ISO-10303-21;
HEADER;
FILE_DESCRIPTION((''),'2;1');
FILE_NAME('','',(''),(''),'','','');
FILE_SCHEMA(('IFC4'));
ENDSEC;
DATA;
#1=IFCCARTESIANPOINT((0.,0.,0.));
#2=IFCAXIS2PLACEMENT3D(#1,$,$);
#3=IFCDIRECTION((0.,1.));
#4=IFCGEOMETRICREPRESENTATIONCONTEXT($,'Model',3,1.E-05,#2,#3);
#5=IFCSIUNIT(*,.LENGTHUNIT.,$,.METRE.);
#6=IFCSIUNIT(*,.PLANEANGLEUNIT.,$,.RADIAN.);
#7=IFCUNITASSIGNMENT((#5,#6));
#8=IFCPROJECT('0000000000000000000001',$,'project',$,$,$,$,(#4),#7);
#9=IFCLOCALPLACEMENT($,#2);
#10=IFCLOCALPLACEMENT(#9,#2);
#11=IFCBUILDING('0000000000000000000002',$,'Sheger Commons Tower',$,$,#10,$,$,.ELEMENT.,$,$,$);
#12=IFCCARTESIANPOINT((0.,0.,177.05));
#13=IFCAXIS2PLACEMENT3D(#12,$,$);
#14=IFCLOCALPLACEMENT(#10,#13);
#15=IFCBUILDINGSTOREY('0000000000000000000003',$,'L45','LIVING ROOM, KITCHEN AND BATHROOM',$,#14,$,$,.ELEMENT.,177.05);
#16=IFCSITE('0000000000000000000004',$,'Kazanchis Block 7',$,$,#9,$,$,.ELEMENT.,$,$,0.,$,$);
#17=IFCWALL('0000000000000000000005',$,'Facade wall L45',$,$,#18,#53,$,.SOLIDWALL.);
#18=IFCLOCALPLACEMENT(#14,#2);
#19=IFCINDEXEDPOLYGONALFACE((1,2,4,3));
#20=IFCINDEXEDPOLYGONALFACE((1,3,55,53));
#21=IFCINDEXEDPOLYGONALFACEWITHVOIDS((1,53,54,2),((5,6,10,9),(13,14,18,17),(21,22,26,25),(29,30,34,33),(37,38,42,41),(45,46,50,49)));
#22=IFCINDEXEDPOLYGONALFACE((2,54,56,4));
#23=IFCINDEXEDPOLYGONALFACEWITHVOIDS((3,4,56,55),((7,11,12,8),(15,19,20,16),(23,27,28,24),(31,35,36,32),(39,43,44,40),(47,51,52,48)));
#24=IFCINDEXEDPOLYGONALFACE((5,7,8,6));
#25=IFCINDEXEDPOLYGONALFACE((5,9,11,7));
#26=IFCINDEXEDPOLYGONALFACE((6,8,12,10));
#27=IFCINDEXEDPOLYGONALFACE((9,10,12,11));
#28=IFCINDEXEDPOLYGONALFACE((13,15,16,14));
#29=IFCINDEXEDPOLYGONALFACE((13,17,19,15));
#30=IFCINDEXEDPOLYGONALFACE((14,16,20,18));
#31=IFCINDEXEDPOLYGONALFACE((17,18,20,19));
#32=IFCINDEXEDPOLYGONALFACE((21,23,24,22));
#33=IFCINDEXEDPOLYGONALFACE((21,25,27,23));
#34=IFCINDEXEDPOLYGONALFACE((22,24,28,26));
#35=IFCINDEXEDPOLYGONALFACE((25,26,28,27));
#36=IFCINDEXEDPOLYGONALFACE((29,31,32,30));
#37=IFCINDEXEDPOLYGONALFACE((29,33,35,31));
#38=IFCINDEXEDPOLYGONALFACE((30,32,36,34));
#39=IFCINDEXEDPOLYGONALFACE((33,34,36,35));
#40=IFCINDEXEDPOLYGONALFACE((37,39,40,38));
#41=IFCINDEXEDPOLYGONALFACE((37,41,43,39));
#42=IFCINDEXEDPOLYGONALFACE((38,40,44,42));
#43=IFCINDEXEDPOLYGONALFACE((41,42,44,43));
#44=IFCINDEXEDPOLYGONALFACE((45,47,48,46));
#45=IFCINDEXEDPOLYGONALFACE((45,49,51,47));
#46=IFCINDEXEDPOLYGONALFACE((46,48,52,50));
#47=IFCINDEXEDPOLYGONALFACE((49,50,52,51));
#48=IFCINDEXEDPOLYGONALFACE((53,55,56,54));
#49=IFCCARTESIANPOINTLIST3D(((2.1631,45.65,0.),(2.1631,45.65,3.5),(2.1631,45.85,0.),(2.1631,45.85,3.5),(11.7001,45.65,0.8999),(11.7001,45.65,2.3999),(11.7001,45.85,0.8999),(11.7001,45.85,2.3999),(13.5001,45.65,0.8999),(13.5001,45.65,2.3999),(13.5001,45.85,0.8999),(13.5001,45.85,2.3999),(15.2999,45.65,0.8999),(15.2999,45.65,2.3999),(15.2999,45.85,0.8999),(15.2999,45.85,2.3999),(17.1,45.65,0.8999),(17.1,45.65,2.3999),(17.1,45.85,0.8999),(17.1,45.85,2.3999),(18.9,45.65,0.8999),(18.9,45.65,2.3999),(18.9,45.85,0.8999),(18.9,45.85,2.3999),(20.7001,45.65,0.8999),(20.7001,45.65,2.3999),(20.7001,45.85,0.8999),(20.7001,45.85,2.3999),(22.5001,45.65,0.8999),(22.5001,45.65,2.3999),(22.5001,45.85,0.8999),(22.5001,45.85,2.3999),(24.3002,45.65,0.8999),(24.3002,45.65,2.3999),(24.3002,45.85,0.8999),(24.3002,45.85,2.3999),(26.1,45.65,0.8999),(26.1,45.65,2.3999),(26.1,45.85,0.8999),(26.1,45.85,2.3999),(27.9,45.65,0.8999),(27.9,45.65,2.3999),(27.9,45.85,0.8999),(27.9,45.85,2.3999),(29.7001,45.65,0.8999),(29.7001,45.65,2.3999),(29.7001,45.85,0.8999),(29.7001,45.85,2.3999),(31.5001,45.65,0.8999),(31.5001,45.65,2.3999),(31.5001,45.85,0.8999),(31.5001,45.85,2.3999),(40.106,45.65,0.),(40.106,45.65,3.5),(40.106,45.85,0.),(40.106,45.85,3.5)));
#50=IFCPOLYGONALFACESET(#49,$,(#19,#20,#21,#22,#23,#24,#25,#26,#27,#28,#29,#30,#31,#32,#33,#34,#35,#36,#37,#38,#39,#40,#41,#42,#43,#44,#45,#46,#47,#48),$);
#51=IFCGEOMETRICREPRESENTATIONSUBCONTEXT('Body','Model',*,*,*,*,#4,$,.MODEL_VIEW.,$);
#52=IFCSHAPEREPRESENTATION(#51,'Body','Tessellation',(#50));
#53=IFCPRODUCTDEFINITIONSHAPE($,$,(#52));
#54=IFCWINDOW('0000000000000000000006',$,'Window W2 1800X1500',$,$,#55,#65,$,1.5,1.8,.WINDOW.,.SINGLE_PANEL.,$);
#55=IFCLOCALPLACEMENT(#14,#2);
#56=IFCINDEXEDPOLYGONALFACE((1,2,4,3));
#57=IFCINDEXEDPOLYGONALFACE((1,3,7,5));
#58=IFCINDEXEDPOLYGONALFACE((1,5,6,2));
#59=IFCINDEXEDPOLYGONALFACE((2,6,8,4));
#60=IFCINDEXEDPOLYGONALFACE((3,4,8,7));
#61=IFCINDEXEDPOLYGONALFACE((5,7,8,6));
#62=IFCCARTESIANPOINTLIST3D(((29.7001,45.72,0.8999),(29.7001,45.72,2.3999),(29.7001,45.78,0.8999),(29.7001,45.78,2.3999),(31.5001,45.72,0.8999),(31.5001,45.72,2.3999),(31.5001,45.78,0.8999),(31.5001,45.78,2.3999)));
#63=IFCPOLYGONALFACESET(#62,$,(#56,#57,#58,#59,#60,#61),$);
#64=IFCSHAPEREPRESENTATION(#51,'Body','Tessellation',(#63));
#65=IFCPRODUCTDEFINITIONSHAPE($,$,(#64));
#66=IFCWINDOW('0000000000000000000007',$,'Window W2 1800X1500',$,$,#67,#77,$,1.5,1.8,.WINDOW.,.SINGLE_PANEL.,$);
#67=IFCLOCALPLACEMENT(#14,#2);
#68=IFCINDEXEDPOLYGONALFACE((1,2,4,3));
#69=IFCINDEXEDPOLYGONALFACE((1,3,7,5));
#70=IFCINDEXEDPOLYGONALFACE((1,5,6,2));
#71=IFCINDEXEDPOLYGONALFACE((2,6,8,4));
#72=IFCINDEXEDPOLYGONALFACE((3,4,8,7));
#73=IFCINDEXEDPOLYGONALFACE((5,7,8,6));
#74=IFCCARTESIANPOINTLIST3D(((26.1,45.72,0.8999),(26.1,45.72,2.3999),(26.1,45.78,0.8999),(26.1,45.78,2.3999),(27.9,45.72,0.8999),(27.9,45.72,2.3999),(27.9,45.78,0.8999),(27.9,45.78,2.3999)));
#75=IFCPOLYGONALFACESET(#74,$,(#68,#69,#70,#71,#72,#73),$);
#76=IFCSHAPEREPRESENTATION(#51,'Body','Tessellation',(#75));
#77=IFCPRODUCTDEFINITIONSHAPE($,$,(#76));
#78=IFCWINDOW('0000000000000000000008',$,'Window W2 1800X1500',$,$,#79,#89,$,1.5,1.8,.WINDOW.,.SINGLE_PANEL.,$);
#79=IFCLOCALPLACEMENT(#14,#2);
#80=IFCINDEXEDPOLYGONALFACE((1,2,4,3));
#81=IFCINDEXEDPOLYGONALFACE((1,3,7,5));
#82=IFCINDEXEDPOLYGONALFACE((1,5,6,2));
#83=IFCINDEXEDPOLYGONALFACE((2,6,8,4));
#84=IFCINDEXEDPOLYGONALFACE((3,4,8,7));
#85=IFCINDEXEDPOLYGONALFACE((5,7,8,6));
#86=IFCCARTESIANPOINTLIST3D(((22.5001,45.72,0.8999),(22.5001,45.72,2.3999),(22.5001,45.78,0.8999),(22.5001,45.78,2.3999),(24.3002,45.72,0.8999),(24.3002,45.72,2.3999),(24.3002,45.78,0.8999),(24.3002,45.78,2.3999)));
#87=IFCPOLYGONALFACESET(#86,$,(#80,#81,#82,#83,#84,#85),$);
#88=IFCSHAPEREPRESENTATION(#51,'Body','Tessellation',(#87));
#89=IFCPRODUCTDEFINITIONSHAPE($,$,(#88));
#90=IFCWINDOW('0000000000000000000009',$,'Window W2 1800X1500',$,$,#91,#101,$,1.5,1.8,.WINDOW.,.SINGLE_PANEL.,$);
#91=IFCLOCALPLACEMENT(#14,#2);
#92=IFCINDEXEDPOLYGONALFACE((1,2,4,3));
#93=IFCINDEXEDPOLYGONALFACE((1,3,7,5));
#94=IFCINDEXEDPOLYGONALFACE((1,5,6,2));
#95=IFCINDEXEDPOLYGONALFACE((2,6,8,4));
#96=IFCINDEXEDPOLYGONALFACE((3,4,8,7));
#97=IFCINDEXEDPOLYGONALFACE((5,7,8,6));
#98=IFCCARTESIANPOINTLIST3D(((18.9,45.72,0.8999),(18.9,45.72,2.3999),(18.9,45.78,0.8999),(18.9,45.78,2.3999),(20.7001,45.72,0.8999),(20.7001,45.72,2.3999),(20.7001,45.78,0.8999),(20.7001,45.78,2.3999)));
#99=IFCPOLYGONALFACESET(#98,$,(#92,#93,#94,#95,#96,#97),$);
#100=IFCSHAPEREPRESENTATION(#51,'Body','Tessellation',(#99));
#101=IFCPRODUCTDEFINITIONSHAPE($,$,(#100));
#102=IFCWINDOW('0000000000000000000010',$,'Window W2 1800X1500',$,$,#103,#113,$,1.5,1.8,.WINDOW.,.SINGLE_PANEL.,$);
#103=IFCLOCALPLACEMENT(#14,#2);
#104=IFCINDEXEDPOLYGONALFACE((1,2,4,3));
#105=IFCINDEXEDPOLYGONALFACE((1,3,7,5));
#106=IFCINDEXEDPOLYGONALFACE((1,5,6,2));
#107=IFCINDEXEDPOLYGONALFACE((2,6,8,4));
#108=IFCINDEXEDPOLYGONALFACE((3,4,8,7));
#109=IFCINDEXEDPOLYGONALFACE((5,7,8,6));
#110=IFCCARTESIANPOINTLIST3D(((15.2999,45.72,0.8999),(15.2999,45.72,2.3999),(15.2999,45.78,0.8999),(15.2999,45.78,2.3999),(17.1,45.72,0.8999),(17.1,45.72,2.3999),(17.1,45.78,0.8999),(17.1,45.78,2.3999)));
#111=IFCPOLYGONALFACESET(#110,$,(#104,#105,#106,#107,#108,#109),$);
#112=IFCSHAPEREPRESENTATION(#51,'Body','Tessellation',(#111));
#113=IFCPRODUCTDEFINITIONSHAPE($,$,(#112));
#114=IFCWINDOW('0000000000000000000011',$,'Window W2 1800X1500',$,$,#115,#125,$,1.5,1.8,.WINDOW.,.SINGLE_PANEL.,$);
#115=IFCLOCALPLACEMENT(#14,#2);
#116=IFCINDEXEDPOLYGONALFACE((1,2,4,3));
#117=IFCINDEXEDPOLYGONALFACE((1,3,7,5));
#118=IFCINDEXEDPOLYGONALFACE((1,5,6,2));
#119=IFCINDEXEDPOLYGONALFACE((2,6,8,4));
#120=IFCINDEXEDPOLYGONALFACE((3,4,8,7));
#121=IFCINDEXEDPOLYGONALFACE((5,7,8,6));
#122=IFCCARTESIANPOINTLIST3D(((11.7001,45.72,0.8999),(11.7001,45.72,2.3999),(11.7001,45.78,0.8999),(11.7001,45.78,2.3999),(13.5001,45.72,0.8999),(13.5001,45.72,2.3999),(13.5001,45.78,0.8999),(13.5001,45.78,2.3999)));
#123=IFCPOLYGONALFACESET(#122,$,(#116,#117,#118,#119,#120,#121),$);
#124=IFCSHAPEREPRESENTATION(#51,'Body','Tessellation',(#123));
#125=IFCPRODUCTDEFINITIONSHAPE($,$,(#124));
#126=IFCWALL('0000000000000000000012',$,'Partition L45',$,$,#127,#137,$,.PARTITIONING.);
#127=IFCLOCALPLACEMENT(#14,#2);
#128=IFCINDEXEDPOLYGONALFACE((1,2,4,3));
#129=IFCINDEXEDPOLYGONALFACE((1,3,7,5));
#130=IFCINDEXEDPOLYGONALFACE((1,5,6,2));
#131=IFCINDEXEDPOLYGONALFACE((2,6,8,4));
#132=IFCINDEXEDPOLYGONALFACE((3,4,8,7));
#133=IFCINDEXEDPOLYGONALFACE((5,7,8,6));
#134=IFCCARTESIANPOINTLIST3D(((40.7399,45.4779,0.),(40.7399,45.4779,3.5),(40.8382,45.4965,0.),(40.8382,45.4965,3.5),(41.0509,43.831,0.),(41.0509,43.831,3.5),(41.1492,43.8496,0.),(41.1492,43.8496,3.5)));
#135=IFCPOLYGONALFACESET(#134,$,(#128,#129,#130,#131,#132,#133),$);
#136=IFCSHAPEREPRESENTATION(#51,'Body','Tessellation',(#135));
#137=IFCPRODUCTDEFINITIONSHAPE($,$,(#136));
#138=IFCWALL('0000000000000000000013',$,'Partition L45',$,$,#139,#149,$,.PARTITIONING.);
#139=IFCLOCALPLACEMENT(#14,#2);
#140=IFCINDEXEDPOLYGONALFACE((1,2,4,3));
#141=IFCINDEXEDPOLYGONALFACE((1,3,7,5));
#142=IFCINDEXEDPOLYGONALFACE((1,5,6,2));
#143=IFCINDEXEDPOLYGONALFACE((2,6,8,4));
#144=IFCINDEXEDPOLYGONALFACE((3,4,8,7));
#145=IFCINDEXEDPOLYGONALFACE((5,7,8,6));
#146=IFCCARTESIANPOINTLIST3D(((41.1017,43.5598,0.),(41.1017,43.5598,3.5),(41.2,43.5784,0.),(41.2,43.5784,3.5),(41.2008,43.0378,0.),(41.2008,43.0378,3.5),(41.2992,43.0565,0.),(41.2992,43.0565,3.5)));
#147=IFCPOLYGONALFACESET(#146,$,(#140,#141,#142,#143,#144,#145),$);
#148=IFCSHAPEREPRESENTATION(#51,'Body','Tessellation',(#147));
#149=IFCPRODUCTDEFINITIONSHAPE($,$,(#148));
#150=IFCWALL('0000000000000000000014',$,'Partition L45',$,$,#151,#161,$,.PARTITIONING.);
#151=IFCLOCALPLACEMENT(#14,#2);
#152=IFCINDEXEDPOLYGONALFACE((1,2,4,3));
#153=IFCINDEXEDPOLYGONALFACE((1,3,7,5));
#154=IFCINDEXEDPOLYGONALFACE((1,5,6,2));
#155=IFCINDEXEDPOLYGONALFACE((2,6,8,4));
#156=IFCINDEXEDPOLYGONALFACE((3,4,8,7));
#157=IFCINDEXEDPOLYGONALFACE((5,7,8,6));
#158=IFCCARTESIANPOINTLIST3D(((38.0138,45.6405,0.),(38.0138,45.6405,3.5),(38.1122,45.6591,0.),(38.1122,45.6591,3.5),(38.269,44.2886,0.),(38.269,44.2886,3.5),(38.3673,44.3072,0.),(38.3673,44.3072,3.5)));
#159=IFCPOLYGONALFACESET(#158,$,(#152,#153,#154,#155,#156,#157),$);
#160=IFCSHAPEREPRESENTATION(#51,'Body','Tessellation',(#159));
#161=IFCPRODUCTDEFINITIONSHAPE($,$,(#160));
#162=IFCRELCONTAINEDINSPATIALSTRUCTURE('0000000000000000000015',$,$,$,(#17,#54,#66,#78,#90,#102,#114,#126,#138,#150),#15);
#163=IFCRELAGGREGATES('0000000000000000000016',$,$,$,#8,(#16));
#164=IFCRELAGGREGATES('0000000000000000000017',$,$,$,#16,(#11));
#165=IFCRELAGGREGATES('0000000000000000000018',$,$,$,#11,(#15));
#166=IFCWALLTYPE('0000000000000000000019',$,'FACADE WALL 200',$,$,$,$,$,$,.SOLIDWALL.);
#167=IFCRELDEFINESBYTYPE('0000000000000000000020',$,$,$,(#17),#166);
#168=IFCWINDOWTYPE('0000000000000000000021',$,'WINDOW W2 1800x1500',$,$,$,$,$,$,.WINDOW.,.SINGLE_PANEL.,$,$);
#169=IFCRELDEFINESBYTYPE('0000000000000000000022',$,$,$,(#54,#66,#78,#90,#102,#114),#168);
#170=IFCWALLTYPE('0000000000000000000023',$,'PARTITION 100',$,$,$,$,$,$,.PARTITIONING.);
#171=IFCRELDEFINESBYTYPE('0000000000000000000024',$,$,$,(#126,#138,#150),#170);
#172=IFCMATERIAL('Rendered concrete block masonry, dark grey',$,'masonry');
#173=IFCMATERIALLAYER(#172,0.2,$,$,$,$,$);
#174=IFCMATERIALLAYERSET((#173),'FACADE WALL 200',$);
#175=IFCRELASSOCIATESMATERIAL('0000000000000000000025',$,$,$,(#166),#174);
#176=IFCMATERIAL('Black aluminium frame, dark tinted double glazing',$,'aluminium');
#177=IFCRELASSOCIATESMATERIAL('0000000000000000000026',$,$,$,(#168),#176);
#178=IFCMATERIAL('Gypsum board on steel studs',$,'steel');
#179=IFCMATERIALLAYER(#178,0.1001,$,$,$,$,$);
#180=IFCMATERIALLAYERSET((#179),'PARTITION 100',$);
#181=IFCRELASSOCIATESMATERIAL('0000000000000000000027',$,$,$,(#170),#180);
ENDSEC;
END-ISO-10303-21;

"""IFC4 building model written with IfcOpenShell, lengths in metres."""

from ifc_helpers import new_model, si_unit, direction, frame, frame_2d, origin, place, context, subcontext, project, spatial, rectangle, extrude, material, layer, layer_set, type_object, element, fill, save


model = new_model("IFC4")

# Units and contexts
model_context = context("Model", 3, precision=1e-05, world=origin(), true_north=direction((0.0, 1.0)))
body_context = subcontext(model_context, "Body", "Model", "MODEL_VIEW")
ifc_project = project(units=[si_unit("LENGTHUNIT", "METRE"), si_unit("PLANEANGLEUNIT", "RADIAN")], contexts=[model_context])

# Site, building, storey
site_placement = place(None, origin())
site = spatial("IfcSite", under=ifc_project, at=site_placement, Name="Kazanchis Block 7", CompositionType="ELEMENT", RefElevation=0.0)
building_placement = place(site_placement, origin())
building = spatial("IfcBuilding", under=site, at=building_placement, Name="Sheger Commons Tower", CompositionType="ELEMENT")
storey_placement = place(building_placement, frame((0.0, 0.0, 177.05)))
storey = spatial("IfcBuildingStorey", under=building, at=storey_placement, Name="L45", Description="LIVING ROOM, KITCHEN AND BATHROOM", CompositionType="ELEMENT", Elevation=177.05)

# Shared definitions
ifc_material_1 = material(Name="Rendered concrete block masonry, dark grey", Category="masonry")
ifc_layer_1 = layer(ifc_material_1, 0.2)
ifc_layer_set_1 = layer_set([ifc_layer_1], Name="FACADE WALL 200")
wall_type_1 = type_object("IfcWallType", Name="FACADE WALL 200", PredefinedType="SOLIDWALL", material=ifc_layer_set_1)

# Wall, openings, windows
wall_1_placement = place(storey_placement, frame((40.106, 45.75, 0.0), z_axis=(0.0, 0.0, 1.0), x_axis=(-1.0, 0.0, 0.0)))
wall_1 = element("IfcWall", 1, at=wall_1_placement, inside=storey, type_object=wall_type_1, Name="Facade wall L45", PredefinedType="SOLIDWALL", context=body_context, shape_type="SweptSolid", body=[
    extrude(rectangle(XDim=37.9429, YDim=0.2, at=frame_2d((18.9714, 0.0))), origin(), (0.0, 0.0, 1.0), 3.5),
])
opening_1_placement = place(wall_1_placement, frame((8.606, 0.0, 0.8999)))
opening_1 = element("IfcOpeningElement", 2, at=opening_1_placement, cuts=wall_1, PredefinedType="OPENING", context=body_context, shape_type="SweptSolid", body=[
    extrude(rectangle(XDim=1.8, YDim=1.5, at=frame_2d((0.8999, 0.75))), frame((0.0, 0.1099, 0.0), z_axis=(0.0, -1.0, 0.0), x_axis=(1.0, 0.0, 0.0)), (0.0, 0.0, 1.0), 0.22),
])
opening_2_placement = place(wall_1_placement, frame((12.2061, 0.0, 0.8999)))
opening_2 = element("IfcOpeningElement", 3, at=opening_2_placement, cuts=wall_1, PredefinedType="OPENING", context=body_context, shape_type="SweptSolid", body=[
    extrude(rectangle(XDim=1.8, YDim=1.5, at=frame_2d((0.8999, 0.75))), frame((0.0, 0.1099, 0.0), z_axis=(0.0, -1.0, 0.0), x_axis=(1.0, 0.0, 0.0)), (0.0, 0.0, 1.0), 0.22),
])
opening_3_placement = place(wall_1_placement, frame((15.8059, 0.0, 0.8999)))
opening_3 = element("IfcOpeningElement", 4, at=opening_3_placement, cuts=wall_1, PredefinedType="OPENING", context=body_context, shape_type="SweptSolid", body=[
    extrude(rectangle(XDim=1.8, YDim=1.5, at=frame_2d((0.8999, 0.75))), frame((0.0, 0.1099, 0.0), z_axis=(0.0, -1.0, 0.0), x_axis=(1.0, 0.0, 0.0)), (0.0, 0.0, 1.0), 0.22),
])
opening_4_placement = place(wall_1_placement, frame((19.406, 0.0, 0.8999)))
opening_4 = element("IfcOpeningElement", 5, at=opening_4_placement, cuts=wall_1, PredefinedType="OPENING", context=body_context, shape_type="SweptSolid", body=[
    extrude(rectangle(XDim=1.8, YDim=1.5, at=frame_2d((0.8999, 0.75))), frame((0.0, 0.1099, 0.0), z_axis=(0.0, -1.0, 0.0), x_axis=(1.0, 0.0, 0.0)), (0.0, 0.0, 1.0), 0.22),
])
opening_5_placement = place(wall_1_placement, frame((23.0061, 0.0, 0.8999)))
opening_5 = element("IfcOpeningElement", 6, at=opening_5_placement, cuts=wall_1, PredefinedType="OPENING", context=body_context, shape_type="SweptSolid", body=[
    extrude(rectangle(XDim=1.8, YDim=1.5, at=frame_2d((0.8999, 0.75))), frame((0.0, 0.1099, 0.0), z_axis=(0.0, -1.0, 0.0), x_axis=(1.0, 0.0, 0.0)), (0.0, 0.0, 1.0), 0.22),
])
opening_6_placement = place(wall_1_placement, frame((26.606, 0.0, 0.8999)))
opening_6 = element("IfcOpeningElement", 7, at=opening_6_placement, cuts=wall_1, PredefinedType="OPENING", context=body_context, shape_type="SweptSolid", body=[
    extrude(rectangle(XDim=1.8, YDim=1.5, at=frame_2d((0.8999, 0.75))), frame((0.0, 0.1099, 0.0), z_axis=(0.0, -1.0, 0.0), x_axis=(1.0, 0.0, 0.0)), (0.0, 0.0, 1.0), 0.22),
])
ifc_material_2 = material(Name="Black aluminium frame, dark tinted double glazing", Category="aluminium")
window_type = type_object("IfcWindowType", Name="WINDOW W2 1800x1500", PartitioningType="SINGLE_PANEL", PredefinedType="WINDOW", material=ifc_material_2)
window_1_placement = place(opening_1_placement, origin())
window_1 = element("IfcWindow", 8, at=window_1_placement, inside=storey, type_object=window_type, Name="Window W2 1800X1500", OverallHeight=1.5, OverallWidth=1.8, PartitioningType="SINGLE_PANEL", PredefinedType="WINDOW", context=body_context, shape_type="SweptSolid", body=[
    extrude(rectangle(XDim=1.8, YDim=1.5, at=frame_2d((0.8999, 0.75))), frame((0.0, 0.03, 0.0), z_axis=(0.0, -1.0, 0.0), x_axis=(1.0, 0.0, 0.0)), (0.0, 0.0, 1.0), 0.0601),
])
fill(opening_1, window_1)
window_2_placement = place(opening_2_placement, origin())
window_2 = element("IfcWindow", 9, at=window_2_placement, inside=storey, type_object=window_type, Name="Window W2 1800X1500", OverallHeight=1.5, OverallWidth=1.8, PartitioningType="SINGLE_PANEL", PredefinedType="WINDOW", context=body_context, shape_type="SweptSolid", body=[
    extrude(rectangle(XDim=1.8, YDim=1.5, at=frame_2d((0.8999, 0.75))), frame((0.0, 0.03, 0.0), z_axis=(0.0, -1.0, 0.0), x_axis=(1.0, 0.0, 0.0)), (0.0, 0.0, 1.0), 0.0601),
])
fill(opening_2, window_2)
window_3_placement = place(opening_3_placement, origin())
window_3 = element("IfcWindow", 10, at=window_3_placement, inside=storey, type_object=window_type, Name="Window W2 1800X1500", OverallHeight=1.5, OverallWidth=1.8, PartitioningType="SINGLE_PANEL", PredefinedType="WINDOW", context=body_context, shape_type="SweptSolid", body=[
    extrude(rectangle(XDim=1.8, YDim=1.5, at=frame_2d((0.8999, 0.75))), frame((0.0, 0.03, 0.0), z_axis=(0.0, -1.0, 0.0), x_axis=(1.0, 0.0, 0.0)), (0.0, 0.0, 1.0), 0.0601),
])
fill(opening_3, window_3)
window_4_placement = place(opening_4_placement, origin())
window_4 = element("IfcWindow", 11, at=window_4_placement, inside=storey, type_object=window_type, Name="Window W2 1800X1500", OverallHeight=1.5, OverallWidth=1.8, PartitioningType="SINGLE_PANEL", PredefinedType="WINDOW", context=body_context, shape_type="SweptSolid", body=[
    extrude(rectangle(XDim=1.8, YDim=1.5, at=frame_2d((0.8999, 0.75))), frame((0.0, 0.03, 0.0), z_axis=(0.0, -1.0, 0.0), x_axis=(1.0, 0.0, 0.0)), (0.0, 0.0, 1.0), 0.0601),
])
fill(opening_4, window_4)
window_5_placement = place(opening_5_placement, origin())
window_5 = element("IfcWindow", 12, at=window_5_placement, inside=storey, type_object=window_type, Name="Window W2 1800X1500", OverallHeight=1.5, OverallWidth=1.8, PartitioningType="SINGLE_PANEL", PredefinedType="WINDOW", context=body_context, shape_type="SweptSolid", body=[
    extrude(rectangle(XDim=1.8, YDim=1.5, at=frame_2d((0.8999, 0.75))), frame((0.0, 0.03, 0.0), z_axis=(0.0, -1.0, 0.0), x_axis=(1.0, 0.0, 0.0)), (0.0, 0.0, 1.0), 0.0601),
])
fill(opening_5, window_5)
window_6_placement = place(opening_6_placement, origin())
window_6 = element("IfcWindow", 13, at=window_6_placement, inside=storey, type_object=window_type, Name="Window W2 1800X1500", OverallHeight=1.5, OverallWidth=1.8, PartitioningType="SINGLE_PANEL", PredefinedType="WINDOW", context=body_context, shape_type="SweptSolid", body=[
    extrude(rectangle(XDim=1.8, YDim=1.5, at=frame_2d((0.8999, 0.75))), frame((0.0, 0.03, 0.0), z_axis=(0.0, -1.0, 0.0), x_axis=(1.0, 0.0, 0.0)), (0.0, 0.0, 1.0), 0.0601),
])
fill(opening_6, window_6)

# Walls
ifc_material_3 = material(Name="Gypsum board on steel studs", Category="steel")
ifc_layer_2 = layer(ifc_material_3, 0.1001)
ifc_layer_set_2 = layer_set([ifc_layer_2], Name="PARTITION 100")
wall_type_2 = type_object("IfcWallType", Name="PARTITION 100", PredefinedType="PARTITIONING", material=ifc_layer_set_2)
wall_2_placement = place(storey_placement, frame((40.7891, 45.4871, 0.0), z_axis=(0.0, 0.0, 1.0), x_axis=(0.185572, -0.982631, 0.0)))
element("IfcWall", 14, at=wall_2_placement, inside=storey, type_object=wall_type_2, Name="Partition L45", PredefinedType="PARTITIONING", context=body_context, shape_type="SweptSolid", body=[
    extrude(rectangle(XDim=1.676, YDim=0.1001, at=frame_2d((0.8379, 0.0))), origin(), (0.0, 0.0, 1.0), 3.5),
])
wall_3_placement = place(storey_placement, frame((41.1509, 43.5691, 0.0), z_axis=(0.0, 0.0, 1.0), x_axis=(0.186563, -0.982443, 0.0)))
element("IfcWall", 15, at=wall_3_placement, inside=storey, type_object=wall_type_2, Name="Partition L45", PredefinedType="PARTITIONING", context=body_context, shape_type="SweptSolid", body=[
    extrude(rectangle(XDim=0.5312, YDim=0.1001, at=frame_2d((0.2656, 0.0))), origin(), (0.0, 0.0, 1.0), 3.5),
])
wall_4_placement = place(storey_placement, frame((38.063, 45.6499, 0.0), z_axis=(0.0, 0.0, 1.0), x_axis=(0.185456, -0.982653, 0.0)))
element("IfcWall", 16, at=wall_4_placement, inside=storey, type_object=wall_type_2, Name="Partition L45", PredefinedType="PARTITIONING", context=body_context, shape_type="SweptSolid", body=[
    extrude(rectangle(XDim=1.3757, YDim=0.1001, at=frame_2d((0.688, 0.0))), origin(), (0.0, 0.0, 1.0), 3.5),
])

save(model, "model.ifc")
